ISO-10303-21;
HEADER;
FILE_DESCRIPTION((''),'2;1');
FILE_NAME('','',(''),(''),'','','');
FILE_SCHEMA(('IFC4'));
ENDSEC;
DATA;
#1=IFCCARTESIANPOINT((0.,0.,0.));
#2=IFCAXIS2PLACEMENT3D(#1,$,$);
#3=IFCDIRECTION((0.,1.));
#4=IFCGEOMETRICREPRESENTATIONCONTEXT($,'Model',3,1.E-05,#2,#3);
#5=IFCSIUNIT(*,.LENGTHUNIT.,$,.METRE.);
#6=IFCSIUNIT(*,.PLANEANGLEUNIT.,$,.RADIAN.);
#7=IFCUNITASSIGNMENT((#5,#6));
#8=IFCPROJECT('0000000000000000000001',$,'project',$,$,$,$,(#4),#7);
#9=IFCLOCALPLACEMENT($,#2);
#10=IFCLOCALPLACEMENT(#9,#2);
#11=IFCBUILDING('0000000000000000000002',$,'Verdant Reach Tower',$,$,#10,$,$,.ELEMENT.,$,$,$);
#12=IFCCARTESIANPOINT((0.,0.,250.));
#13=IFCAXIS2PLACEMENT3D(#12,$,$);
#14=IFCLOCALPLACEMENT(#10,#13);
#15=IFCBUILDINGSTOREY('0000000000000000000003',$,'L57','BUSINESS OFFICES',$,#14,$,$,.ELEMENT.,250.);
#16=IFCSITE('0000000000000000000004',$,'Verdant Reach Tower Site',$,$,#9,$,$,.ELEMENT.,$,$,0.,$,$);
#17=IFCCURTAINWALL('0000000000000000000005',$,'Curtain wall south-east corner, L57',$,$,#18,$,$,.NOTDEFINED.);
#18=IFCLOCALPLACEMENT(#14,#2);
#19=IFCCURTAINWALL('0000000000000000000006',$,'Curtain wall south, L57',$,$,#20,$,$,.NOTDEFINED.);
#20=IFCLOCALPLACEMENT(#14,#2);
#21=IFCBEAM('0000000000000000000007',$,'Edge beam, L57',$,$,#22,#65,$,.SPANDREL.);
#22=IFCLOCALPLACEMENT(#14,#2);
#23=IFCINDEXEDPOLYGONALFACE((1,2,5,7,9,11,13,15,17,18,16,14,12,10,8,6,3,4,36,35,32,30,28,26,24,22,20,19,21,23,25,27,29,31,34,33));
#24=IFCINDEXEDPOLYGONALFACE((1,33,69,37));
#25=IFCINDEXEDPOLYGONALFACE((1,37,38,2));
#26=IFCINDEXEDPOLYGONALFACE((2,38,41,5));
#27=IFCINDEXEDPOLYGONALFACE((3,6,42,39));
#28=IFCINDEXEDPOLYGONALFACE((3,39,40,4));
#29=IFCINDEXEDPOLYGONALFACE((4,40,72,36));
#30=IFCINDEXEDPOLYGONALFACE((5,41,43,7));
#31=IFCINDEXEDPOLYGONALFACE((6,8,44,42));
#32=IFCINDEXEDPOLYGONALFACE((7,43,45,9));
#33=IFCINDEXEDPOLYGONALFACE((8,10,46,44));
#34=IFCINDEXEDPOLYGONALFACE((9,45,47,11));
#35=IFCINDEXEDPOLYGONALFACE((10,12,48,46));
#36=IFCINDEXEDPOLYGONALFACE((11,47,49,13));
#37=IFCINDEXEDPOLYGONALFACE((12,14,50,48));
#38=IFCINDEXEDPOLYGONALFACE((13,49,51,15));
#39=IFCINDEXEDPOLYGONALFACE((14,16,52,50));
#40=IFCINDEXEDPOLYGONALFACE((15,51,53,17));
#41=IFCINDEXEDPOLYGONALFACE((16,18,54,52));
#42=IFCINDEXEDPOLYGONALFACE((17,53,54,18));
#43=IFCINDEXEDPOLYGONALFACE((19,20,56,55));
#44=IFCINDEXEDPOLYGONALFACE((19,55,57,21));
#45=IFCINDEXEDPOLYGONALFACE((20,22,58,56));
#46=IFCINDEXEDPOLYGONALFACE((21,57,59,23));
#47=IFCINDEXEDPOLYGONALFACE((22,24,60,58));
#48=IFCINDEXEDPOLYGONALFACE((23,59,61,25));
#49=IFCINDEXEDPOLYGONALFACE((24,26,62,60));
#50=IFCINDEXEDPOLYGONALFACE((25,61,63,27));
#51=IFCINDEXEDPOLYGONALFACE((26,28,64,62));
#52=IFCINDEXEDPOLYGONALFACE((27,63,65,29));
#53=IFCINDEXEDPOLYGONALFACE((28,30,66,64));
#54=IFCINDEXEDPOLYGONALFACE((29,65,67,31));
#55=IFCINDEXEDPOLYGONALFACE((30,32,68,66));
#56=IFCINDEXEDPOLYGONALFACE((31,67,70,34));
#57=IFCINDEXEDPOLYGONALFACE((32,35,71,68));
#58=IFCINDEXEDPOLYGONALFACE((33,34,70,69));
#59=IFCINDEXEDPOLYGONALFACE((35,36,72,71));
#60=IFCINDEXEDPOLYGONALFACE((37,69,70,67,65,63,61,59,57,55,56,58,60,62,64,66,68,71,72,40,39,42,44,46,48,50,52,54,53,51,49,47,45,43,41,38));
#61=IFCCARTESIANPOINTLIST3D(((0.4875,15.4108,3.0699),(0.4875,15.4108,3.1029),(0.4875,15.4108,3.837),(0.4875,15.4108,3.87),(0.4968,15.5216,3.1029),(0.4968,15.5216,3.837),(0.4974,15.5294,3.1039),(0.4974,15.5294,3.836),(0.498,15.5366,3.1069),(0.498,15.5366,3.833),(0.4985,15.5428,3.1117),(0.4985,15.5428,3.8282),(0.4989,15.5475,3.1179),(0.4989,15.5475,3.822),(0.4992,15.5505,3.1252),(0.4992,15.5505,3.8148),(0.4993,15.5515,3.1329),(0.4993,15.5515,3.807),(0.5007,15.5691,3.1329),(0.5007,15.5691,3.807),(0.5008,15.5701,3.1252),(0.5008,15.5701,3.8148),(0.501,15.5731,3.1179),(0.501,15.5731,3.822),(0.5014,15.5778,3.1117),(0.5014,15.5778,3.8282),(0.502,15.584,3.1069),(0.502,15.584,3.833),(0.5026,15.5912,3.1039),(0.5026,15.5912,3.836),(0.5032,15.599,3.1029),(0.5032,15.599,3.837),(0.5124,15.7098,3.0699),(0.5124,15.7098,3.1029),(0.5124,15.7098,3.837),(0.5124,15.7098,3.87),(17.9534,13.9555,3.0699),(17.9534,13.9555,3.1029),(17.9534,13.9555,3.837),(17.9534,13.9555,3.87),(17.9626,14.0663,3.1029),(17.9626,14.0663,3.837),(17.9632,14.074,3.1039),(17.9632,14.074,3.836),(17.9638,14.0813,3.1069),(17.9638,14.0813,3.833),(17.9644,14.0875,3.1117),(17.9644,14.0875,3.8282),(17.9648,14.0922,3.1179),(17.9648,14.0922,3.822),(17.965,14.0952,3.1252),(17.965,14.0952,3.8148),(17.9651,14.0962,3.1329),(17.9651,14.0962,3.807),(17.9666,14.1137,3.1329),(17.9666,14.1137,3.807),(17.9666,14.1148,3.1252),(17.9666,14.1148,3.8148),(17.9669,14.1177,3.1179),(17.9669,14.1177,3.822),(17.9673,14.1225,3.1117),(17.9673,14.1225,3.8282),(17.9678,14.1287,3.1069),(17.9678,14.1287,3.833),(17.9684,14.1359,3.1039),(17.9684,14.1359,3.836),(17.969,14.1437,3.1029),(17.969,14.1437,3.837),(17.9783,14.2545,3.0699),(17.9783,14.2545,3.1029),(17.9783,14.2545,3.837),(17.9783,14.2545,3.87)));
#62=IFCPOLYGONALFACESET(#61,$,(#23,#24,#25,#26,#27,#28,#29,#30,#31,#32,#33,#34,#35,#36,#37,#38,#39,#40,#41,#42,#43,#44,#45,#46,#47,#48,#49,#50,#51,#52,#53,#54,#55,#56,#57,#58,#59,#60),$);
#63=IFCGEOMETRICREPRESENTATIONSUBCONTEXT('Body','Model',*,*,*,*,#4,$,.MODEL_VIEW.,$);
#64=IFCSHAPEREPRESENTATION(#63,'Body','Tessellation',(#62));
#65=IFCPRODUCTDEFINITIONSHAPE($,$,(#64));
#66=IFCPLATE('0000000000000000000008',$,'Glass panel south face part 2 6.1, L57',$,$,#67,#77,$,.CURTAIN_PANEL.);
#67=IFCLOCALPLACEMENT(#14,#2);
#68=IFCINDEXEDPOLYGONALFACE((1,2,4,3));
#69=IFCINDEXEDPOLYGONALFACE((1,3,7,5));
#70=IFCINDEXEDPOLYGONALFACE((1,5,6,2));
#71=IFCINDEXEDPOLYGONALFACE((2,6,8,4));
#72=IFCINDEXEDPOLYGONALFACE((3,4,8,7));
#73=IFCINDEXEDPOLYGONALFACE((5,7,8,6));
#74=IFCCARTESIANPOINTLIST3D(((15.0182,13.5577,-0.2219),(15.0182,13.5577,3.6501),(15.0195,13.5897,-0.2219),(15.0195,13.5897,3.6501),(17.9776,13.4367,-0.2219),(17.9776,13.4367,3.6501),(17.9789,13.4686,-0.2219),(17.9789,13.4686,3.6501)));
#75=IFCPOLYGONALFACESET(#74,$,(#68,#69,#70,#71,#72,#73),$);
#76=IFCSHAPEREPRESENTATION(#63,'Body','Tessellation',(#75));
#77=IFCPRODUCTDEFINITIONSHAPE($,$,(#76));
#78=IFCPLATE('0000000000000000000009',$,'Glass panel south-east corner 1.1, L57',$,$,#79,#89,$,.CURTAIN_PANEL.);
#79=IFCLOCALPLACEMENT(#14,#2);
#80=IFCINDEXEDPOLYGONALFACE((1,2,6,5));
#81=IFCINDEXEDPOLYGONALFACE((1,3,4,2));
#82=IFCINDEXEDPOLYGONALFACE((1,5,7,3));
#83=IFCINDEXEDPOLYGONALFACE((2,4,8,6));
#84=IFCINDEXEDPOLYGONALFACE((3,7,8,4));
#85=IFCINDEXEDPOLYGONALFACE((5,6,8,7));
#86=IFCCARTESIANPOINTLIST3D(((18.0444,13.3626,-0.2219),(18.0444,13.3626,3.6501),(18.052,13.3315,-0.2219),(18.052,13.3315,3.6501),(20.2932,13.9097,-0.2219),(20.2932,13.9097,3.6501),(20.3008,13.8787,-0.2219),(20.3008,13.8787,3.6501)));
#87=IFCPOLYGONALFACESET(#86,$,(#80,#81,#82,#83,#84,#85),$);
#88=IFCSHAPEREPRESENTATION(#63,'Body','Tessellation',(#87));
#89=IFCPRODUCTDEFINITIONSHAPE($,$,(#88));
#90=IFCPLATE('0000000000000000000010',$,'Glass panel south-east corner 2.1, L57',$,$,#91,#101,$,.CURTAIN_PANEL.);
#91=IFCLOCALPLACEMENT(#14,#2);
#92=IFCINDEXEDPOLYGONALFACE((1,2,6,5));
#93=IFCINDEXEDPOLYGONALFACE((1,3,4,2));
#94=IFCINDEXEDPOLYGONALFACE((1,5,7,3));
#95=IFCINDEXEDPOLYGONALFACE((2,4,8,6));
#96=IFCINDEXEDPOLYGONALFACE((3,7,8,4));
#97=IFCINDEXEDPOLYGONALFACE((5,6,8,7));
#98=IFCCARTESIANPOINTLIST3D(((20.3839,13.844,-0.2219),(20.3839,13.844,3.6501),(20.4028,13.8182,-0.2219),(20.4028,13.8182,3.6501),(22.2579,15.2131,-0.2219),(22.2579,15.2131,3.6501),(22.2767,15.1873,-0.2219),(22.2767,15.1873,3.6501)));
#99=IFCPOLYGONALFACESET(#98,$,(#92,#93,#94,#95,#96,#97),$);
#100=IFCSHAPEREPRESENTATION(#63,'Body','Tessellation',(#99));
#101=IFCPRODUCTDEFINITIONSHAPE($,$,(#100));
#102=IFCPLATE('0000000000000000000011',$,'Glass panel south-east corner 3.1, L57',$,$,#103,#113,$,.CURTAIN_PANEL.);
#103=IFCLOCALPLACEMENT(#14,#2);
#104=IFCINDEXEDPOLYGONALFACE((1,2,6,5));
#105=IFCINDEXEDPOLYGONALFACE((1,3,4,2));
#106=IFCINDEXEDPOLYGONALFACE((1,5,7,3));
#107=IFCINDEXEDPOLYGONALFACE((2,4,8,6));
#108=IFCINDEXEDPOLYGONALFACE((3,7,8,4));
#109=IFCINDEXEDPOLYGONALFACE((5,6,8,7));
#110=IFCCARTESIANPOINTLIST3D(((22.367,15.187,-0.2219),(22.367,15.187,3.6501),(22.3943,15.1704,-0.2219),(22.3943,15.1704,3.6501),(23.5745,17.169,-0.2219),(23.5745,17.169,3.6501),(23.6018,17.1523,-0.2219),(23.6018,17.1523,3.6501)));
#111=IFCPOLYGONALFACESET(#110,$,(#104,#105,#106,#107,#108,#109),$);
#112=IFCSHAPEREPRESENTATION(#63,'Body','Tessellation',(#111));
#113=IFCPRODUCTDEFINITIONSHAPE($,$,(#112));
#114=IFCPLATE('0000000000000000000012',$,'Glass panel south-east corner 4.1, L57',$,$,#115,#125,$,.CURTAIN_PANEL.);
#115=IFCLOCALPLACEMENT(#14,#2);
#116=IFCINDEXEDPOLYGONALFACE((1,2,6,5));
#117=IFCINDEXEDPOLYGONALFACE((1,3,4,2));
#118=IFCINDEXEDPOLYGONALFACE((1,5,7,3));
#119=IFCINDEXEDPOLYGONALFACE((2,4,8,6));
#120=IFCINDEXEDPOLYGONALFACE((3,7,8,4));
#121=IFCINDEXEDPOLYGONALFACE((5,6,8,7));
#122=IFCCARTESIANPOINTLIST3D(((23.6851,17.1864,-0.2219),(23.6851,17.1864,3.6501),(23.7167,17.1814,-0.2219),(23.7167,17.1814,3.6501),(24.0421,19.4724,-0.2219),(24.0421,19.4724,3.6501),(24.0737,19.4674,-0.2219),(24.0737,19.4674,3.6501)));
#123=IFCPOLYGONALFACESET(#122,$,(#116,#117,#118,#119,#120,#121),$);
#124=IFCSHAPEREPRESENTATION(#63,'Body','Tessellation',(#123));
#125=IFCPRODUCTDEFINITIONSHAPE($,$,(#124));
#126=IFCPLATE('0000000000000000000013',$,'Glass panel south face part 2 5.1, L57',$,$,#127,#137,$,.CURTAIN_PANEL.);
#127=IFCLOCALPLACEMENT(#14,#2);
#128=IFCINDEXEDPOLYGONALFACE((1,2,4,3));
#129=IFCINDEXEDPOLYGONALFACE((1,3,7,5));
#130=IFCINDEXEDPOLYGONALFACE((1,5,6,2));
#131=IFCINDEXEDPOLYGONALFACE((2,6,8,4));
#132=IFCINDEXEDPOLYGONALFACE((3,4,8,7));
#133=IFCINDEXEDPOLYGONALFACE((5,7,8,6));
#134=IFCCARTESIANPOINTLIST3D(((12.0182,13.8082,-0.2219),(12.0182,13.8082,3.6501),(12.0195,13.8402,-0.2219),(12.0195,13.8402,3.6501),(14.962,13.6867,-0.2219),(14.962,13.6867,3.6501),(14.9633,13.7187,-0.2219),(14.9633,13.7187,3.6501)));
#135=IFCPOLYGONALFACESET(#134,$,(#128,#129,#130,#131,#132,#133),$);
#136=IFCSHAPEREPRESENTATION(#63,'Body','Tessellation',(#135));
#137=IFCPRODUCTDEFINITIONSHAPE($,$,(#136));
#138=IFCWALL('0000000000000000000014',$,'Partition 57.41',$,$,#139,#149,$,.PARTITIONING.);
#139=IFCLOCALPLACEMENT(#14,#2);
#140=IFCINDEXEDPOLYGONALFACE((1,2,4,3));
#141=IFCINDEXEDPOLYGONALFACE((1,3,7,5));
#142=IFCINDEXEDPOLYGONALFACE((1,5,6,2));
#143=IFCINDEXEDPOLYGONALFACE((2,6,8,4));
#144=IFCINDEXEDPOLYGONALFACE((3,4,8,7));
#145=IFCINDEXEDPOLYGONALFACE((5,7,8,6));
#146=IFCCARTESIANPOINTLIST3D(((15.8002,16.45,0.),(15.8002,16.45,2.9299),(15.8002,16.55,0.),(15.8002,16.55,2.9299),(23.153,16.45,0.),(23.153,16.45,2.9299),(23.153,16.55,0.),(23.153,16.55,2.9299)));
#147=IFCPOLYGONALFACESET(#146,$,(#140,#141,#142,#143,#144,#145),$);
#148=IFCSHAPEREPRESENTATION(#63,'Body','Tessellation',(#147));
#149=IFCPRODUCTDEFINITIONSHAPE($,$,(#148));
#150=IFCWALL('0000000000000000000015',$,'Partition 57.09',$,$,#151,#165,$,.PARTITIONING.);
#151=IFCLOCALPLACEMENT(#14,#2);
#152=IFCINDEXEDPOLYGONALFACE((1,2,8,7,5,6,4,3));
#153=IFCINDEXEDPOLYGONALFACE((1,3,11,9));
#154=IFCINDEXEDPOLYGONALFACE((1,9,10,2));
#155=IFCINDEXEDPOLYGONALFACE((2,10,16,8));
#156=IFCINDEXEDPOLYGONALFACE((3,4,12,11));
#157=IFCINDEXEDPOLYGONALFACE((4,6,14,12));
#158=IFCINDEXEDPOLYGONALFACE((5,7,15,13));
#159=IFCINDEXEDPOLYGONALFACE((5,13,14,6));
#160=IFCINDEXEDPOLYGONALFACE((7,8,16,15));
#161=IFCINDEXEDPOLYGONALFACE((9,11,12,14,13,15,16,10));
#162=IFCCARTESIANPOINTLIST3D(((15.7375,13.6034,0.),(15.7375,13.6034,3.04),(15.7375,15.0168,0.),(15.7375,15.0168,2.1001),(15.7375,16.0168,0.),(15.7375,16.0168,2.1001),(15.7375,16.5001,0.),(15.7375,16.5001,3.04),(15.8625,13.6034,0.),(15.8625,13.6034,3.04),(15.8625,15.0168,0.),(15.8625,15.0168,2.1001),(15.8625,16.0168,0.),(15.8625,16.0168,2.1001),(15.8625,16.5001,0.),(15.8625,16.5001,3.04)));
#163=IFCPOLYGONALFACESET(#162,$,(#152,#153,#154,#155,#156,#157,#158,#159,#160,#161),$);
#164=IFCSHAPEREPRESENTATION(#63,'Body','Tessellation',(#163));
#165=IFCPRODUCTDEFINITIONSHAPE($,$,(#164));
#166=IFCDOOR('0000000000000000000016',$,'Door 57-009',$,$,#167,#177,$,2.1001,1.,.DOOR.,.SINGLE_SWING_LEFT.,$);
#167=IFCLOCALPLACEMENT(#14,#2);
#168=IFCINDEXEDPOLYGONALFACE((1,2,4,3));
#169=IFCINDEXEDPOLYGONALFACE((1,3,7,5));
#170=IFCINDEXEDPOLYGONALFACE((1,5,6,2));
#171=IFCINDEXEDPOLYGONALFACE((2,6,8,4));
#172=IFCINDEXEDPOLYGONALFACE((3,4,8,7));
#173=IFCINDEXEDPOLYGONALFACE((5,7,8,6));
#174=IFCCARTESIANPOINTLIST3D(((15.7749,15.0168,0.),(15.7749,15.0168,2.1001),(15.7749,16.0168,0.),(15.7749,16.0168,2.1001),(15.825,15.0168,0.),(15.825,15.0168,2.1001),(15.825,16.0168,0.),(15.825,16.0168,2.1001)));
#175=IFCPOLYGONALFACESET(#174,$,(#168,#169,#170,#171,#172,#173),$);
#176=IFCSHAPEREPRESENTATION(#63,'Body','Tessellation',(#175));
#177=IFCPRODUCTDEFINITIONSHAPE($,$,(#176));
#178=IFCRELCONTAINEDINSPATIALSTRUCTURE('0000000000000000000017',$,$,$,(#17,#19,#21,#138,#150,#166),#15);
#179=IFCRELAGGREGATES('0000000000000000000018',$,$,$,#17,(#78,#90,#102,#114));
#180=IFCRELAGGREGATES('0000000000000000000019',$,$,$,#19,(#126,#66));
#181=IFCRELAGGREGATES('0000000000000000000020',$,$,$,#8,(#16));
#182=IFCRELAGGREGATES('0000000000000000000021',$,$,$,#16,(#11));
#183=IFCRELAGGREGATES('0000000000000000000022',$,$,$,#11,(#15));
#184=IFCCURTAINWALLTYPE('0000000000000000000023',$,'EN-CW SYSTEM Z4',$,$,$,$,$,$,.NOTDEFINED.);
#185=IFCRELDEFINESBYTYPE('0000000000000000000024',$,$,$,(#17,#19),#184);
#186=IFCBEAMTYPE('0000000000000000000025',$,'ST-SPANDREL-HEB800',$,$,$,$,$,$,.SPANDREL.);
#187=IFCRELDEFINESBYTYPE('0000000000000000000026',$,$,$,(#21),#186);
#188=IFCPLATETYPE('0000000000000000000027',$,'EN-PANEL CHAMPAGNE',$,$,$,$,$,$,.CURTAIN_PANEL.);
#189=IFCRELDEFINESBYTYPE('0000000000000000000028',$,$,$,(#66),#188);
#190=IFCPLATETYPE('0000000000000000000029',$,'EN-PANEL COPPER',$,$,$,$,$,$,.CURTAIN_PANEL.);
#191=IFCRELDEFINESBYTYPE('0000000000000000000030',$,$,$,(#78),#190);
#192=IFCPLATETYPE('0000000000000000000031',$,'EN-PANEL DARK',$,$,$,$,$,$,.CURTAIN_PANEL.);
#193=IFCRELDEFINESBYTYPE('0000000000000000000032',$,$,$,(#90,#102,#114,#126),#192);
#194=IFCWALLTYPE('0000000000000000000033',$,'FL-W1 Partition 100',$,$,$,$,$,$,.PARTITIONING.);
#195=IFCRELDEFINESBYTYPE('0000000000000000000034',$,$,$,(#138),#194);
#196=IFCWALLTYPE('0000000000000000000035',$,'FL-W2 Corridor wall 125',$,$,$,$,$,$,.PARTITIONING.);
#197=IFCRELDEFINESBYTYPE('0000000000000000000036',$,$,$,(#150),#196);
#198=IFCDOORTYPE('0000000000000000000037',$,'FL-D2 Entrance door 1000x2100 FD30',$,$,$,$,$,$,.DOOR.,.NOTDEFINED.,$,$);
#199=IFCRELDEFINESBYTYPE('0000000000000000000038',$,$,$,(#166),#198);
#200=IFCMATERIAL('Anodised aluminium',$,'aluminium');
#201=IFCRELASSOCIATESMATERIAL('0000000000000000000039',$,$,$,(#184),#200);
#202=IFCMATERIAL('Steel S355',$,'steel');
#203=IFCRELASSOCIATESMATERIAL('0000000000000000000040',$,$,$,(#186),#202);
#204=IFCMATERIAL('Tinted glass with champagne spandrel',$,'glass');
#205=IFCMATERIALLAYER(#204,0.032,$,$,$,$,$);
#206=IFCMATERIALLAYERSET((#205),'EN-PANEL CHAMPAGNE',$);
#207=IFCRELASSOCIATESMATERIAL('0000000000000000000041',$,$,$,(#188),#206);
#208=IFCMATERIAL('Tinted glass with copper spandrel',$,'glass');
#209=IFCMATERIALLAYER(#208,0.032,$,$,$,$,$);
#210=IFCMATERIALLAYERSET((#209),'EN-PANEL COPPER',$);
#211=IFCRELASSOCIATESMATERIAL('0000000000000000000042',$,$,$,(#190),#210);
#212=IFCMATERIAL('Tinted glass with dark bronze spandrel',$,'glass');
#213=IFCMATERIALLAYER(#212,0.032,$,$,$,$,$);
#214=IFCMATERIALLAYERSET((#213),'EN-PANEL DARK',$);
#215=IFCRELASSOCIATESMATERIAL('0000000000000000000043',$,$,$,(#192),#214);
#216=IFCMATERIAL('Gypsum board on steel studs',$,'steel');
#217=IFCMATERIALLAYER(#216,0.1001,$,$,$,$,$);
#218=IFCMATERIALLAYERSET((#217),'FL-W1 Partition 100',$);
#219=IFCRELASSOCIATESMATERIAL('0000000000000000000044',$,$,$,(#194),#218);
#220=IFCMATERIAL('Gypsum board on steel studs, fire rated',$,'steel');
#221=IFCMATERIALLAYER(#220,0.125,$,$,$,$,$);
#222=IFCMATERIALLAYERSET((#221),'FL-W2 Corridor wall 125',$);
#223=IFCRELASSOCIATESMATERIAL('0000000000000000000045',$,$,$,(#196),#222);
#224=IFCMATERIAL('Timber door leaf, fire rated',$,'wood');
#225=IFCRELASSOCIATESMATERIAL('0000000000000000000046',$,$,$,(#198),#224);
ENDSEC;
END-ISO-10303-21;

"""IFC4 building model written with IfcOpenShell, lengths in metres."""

from ifc_helpers import new_model, si_unit, direction, frame, frame_2d, origin, origin_2d, place, context, subcontext, project, spatial, rectangle, i_section, extrude, material, layer, layer_set, material_profile, profile_set, type_object, element, fill, aggregate, save


model = new_model("IFC4")

# Units and contexts
model_context = context("Model", 3, precision=1e-05, world=origin(), true_north=direction((0.0, 1.0)))
body_context = subcontext(model_context, "Body", "Model", "MODEL_VIEW")
ifc_project = project(units=[si_unit("LENGTHUNIT", "METRE"), si_unit("PLANEANGLEUNIT", "RADIAN")], contexts=[model_context])

# Site, building, storey
site_placement = place(None, origin())
site = spatial("IfcSite", under=ifc_project, at=site_placement, Name="Verdant Reach Tower Site", CompositionType="ELEMENT", RefElevation=0.0)
building_placement = place(site_placement, origin())
building = spatial("IfcBuilding", under=site, at=building_placement, Name="Verdant Reach Tower", CompositionType="ELEMENT")
storey_placement = place(building_placement, frame((0.0, 0.0, 250.0)))
storey = spatial("IfcBuildingStorey", under=building, at=storey_placement, Name="L57", Description="BUSINESS OFFICES", CompositionType="ELEMENT", Elevation=250.0)

# Curtain wall
ifc_material_1 = material(Name="Anodised aluminium", Category="aluminium")
curtain_wall_type = type_object("IfcCurtainWallType", Name="EN-CW SYSTEM Z4", PredefinedType="NOTDEFINED", material=ifc_material_1)
curtain_wall_1_placement = place(storey_placement, origin())
curtain_wall_1 = element("IfcCurtainWall", 1, at=curtain_wall_1_placement, inside=storey, type_object=curtain_wall_type, Name="Curtain wall south-east corner, L57", PredefinedType="NOTDEFINED")

# Curtain wall
curtain_wall_2_placement = place(storey_placement, origin())
curtain_wall_2 = element("IfcCurtainWall", 2, at=curtain_wall_2_placement, inside=storey, type_object=curtain_wall_type, Name="Curtain wall south, L57", PredefinedType="NOTDEFINED")

# Beam
ifc_material_2 = material(Name="Steel S355", Category="steel")
ifc_material_profile_1 = material_profile(ifc_material_2, i_section(OverallWidth=0.3, OverallDepth=0.8, WebThickness=0.0176, FlangeThickness=0.033, FilletRadius=0.03, at=origin_2d()), Name="HEB 800")
ifc_profile_set_1 = profile_set([ifc_material_profile_1], Name="Steel S355")
beam_type_1 = type_object("IfcBeamType", Name="ST-SPANDREL-HEB800", PredefinedType="SPANDREL", material=ifc_profile_set_1)
beam_1_placement = place(storey_placement, frame((17.9658, 14.105, 3.47), z_axis=(-0.996547, 0.083036, 0.0), x_axis=(-0.083036, -0.996547, 0.0)))
element("IfcBeam", 3, at=beam_1_placement, inside=storey, type_object=beam_type_1, Name="Edge beam, L57", PredefinedType="SPANDREL", context=body_context, shape_type="SweptSolid", body=[
    extrude(i_section(OverallWidth=0.3, OverallDepth=0.8, WebThickness=0.0176, FlangeThickness=0.033, FilletRadius=0.03, at=origin_2d()), origin(), (0.0, 0.0, 1.0), 17.5264),
])

# Plates
ifc_material_3 = material(Name="Tinted glass with champagne spandrel", Category="glass")
ifc_layer_1 = layer(ifc_material_3, 0.032)
ifc_layer_set_1 = layer_set([ifc_layer_1], Name="EN-PANEL CHAMPAGNE")
plate_type_1 = type_object("IfcPlateType", Name="EN-PANEL CHAMPAGNE", PredefinedType="CURTAIN_PANEL", material=ifc_layer_set_1)
plate_1_placement = place(storey_placement, frame((16.4985, 13.5132, -0.2219), z_axis=(0.0, 0.0, 1.0), x_axis=(0.999164, -0.040881, 0.0)))
plate_1 = element("IfcPlate", 4, at=plate_1_placement, type_object=plate_type_1, Name="Glass panel south face part 2 6.1, L57", PredefinedType="CURTAIN_PANEL", context=body_context, shape_type="SweptSolid", body=[
    extrude(rectangle(XDim=2.9619, YDim=0.032, at=origin_2d()), origin(), (0.0, 0.0, 1.0), 3.8721),
])
ifc_material_4 = material(Name="Tinted glass with copper spandrel", Category="glass")
ifc_layer_2 = layer(ifc_material_4, 0.032)
ifc_layer_set_2 = layer_set([ifc_layer_2], Name="EN-PANEL COPPER")
plate_type_2 = type_object("IfcPlateType", Name="EN-PANEL COPPER", PredefinedType="CURTAIN_PANEL", material=ifc_layer_set_2)
plate_2_placement = place(storey_placement, frame((19.1726, 13.6206, -0.2219), z_axis=(0.0, 0.0, 1.0), x_axis=(0.971652, 0.236414, 0.0)))
plate_2 = element("IfcPlate", 5, at=plate_2_placement, type_object=plate_type_2, Name="Glass panel south-east corner 1.1, L57", PredefinedType="CURTAIN_PANEL", context=body_context, shape_type="SweptSolid", body=[
    extrude(rectangle(XDim=2.3145, YDim=0.032, at=origin_2d()), origin(), (0.0, 0.0, 1.0), 3.8721),
])
ifc_material_5 = material(Name="Tinted glass with dark bronze spandrel", Category="glass")
ifc_layer_3 = layer(ifc_material_5, 0.032)
ifc_layer_set_3 = layer_set([ifc_layer_3], Name="EN-PANEL DARK")
plate_type_3 = type_object("IfcPlateType", Name="EN-PANEL DARK", PredefinedType="CURTAIN_PANEL", material=ifc_layer_set_3)
plate_3_placement = place(storey_placement, frame((21.3303, 14.5156, -0.2219), z_axis=(0.0, 0.0, 1.0), x_axis=(0.807457, 0.589927, 0.0)))
plate_3 = element("IfcPlate", 6, at=plate_3_placement, type_object=plate_type_3, Name="Glass panel south-east corner 2.1, L57", PredefinedType="CURTAIN_PANEL", context=body_context, shape_type="SweptSolid", body=[
    extrude(rectangle(XDim=2.3208, YDim=0.032, at=origin_2d()), origin(), (0.0, 0.0, 1.0), 3.8721),
])
plate_4_placement = place(storey_placement, frame((22.9844, 16.1697, -0.2219), z_axis=(0.0, 0.0, 1.0), x_axis=(0.520292, 0.853989, 0.0)))
plate_4 = element("IfcPlate", 7, at=plate_4_placement, type_object=plate_type_3, Name="Glass panel south-east corner 3.1, L57", PredefinedType="CURTAIN_PANEL", context=body_context, shape_type="SweptSolid", body=[
    extrude(rectangle(XDim=2.3208, YDim=0.032, at=origin_2d()), origin(), (0.0, 0.0, 1.0), 3.8721),
])
plate_5_placement = place(storey_placement, frame((23.8794, 18.3269, -0.2219), z_axis=(0.0, 0.0, 1.0), x_axis=(0.154325, 0.98802, 0.0)))
plate_5 = element("IfcPlate", 8, at=plate_5_placement, type_object=plate_type_3, Name="Glass panel south-east corner 4.1, L57", PredefinedType="CURTAIN_PANEL", context=body_context, shape_type="SweptSolid", body=[
    extrude(rectangle(XDim=2.3137, YDim=0.032, at=origin_2d()), origin(), (0.0, 0.0, 1.0), 3.8721),
])
aggregate(curtain_wall_1, [plate_2, plate_3, plate_4, plate_5])
plate_6_placement = place(storey_placement, frame((13.4907, 13.7634, -0.2219), z_axis=(0.0, 0.0, 1.0), x_axis=(0.999149, -0.041242, 0.0)))
plate_6 = element("IfcPlate", 9, at=plate_6_placement, type_object=plate_type_3, Name="Glass panel south face part 2 5.1, L57", PredefinedType="CURTAIN_PANEL", context=body_context, shape_type="SweptSolid", body=[
    extrude(rectangle(XDim=2.9463, YDim=0.032, at=origin_2d()), origin(), (0.0, 0.0, 1.0), 3.8721),
])
aggregate(curtain_wall_2, [plate_6, plate_1])

# Wall
ifc_material_6 = material(Name="Gypsum board on steel studs", Category="steel")
ifc_layer_4 = layer(ifc_material_6, 0.1001)
ifc_layer_set_4 = layer_set([ifc_layer_4], Name="FL-W1 Partition 100")
wall_type_1 = type_object("IfcWallType", Name="FL-W1 Partition 100", PredefinedType="PARTITIONING", material=ifc_layer_set_4)
wall_1_placement = place(storey_placement, frame((23.1528, 16.5, 0.0), z_axis=(0.0, 0.0, 1.0), x_axis=(-1.0, 0.0, 0.0)))
element("IfcWall", 10, at=wall_1_placement, inside=storey, type_object=wall_type_1, Name="Partition 57.41", PredefinedType="PARTITIONING", context=body_context, shape_type="SweptSolid", body=[
    extrude(rectangle(XDim=7.3528, YDim=0.1001, at=frame_2d((3.6763, 0.0))), origin(), (0.0, 0.0, 1.0), 2.9299),
])

# Wall, opening, door
ifc_material_7 = material(Name="Gypsum board on steel studs, fire rated", Category="steel")
ifc_layer_5 = layer(ifc_material_7, 0.125)
ifc_layer_set_5 = layer_set([ifc_layer_5], Name="FL-W2 Corridor wall 125")
wall_type_2 = type_object("IfcWallType", Name="FL-W2 Corridor wall 125", PredefinedType="PARTITIONING", material=ifc_layer_set_5)
wall_2_placement = place(storey_placement, frame((15.8, 16.5, 0.0), z_axis=(0.0, 0.0, 1.0), x_axis=(0.0, -1.0, 0.0)))
wall_2 = element("IfcWall", 11, at=wall_2_placement, inside=storey, type_object=wall_type_2, Name="Partition 57.09", PredefinedType="PARTITIONING", context=body_context, shape_type="SweptSolid", body=[
    extrude(rectangle(XDim=2.8967, YDim=0.125, at=frame_2d((1.4482, 0.0))), origin(), (0.0, 0.0, 1.0), 3.04),
])
opening_1_placement = place(wall_2_placement, frame((0.4832, 0.0, 0.0)))
opening_1 = element("IfcOpeningElement", 12, at=opening_1_placement, cuts=wall_2, PredefinedType="OPENING", context=body_context, shape_type="SweptSolid", body=[
    extrude(rectangle(XDim=1.0, YDim=2.1001, at=frame_2d((0.5, 1.05))), frame((0.0, 0.0725, 0.0), z_axis=(0.0, -1.0, 0.0), x_axis=(1.0, 0.0, 0.0)), (0.0, 0.0, 1.0), 0.145),
])
ifc_material_8 = material(Name="Timber door leaf, fire rated", Category="wood")
door_type_1 = type_object("IfcDoorType", Name="FL-D2 Entrance door 1000x2100 FD30", OperationType="NOTDEFINED", PredefinedType="DOOR", material=ifc_material_8)
door_1_placement = place(opening_1_placement, origin())
door_1 = element("IfcDoor", 13, at=door_1_placement, inside=storey, type_object=door_type_1, Name="Door 57-009", OperationType="SINGLE_SWING_LEFT", OverallHeight=2.1001, OverallWidth=1.0, PredefinedType="DOOR", context=body_context, shape_type="SweptSolid", body=[
    extrude(rectangle(XDim=1.0, YDim=2.1001, at=frame_2d((0.5, 1.05))), frame((0.0, 0.0249, 0.0), z_axis=(0.0, -1.0, 0.0), x_axis=(1.0, 0.0, 0.0)), (0.0, 0.0, 1.0), 0.05),
])
fill(opening_1, door_1)

save(model, "model.ifc")
